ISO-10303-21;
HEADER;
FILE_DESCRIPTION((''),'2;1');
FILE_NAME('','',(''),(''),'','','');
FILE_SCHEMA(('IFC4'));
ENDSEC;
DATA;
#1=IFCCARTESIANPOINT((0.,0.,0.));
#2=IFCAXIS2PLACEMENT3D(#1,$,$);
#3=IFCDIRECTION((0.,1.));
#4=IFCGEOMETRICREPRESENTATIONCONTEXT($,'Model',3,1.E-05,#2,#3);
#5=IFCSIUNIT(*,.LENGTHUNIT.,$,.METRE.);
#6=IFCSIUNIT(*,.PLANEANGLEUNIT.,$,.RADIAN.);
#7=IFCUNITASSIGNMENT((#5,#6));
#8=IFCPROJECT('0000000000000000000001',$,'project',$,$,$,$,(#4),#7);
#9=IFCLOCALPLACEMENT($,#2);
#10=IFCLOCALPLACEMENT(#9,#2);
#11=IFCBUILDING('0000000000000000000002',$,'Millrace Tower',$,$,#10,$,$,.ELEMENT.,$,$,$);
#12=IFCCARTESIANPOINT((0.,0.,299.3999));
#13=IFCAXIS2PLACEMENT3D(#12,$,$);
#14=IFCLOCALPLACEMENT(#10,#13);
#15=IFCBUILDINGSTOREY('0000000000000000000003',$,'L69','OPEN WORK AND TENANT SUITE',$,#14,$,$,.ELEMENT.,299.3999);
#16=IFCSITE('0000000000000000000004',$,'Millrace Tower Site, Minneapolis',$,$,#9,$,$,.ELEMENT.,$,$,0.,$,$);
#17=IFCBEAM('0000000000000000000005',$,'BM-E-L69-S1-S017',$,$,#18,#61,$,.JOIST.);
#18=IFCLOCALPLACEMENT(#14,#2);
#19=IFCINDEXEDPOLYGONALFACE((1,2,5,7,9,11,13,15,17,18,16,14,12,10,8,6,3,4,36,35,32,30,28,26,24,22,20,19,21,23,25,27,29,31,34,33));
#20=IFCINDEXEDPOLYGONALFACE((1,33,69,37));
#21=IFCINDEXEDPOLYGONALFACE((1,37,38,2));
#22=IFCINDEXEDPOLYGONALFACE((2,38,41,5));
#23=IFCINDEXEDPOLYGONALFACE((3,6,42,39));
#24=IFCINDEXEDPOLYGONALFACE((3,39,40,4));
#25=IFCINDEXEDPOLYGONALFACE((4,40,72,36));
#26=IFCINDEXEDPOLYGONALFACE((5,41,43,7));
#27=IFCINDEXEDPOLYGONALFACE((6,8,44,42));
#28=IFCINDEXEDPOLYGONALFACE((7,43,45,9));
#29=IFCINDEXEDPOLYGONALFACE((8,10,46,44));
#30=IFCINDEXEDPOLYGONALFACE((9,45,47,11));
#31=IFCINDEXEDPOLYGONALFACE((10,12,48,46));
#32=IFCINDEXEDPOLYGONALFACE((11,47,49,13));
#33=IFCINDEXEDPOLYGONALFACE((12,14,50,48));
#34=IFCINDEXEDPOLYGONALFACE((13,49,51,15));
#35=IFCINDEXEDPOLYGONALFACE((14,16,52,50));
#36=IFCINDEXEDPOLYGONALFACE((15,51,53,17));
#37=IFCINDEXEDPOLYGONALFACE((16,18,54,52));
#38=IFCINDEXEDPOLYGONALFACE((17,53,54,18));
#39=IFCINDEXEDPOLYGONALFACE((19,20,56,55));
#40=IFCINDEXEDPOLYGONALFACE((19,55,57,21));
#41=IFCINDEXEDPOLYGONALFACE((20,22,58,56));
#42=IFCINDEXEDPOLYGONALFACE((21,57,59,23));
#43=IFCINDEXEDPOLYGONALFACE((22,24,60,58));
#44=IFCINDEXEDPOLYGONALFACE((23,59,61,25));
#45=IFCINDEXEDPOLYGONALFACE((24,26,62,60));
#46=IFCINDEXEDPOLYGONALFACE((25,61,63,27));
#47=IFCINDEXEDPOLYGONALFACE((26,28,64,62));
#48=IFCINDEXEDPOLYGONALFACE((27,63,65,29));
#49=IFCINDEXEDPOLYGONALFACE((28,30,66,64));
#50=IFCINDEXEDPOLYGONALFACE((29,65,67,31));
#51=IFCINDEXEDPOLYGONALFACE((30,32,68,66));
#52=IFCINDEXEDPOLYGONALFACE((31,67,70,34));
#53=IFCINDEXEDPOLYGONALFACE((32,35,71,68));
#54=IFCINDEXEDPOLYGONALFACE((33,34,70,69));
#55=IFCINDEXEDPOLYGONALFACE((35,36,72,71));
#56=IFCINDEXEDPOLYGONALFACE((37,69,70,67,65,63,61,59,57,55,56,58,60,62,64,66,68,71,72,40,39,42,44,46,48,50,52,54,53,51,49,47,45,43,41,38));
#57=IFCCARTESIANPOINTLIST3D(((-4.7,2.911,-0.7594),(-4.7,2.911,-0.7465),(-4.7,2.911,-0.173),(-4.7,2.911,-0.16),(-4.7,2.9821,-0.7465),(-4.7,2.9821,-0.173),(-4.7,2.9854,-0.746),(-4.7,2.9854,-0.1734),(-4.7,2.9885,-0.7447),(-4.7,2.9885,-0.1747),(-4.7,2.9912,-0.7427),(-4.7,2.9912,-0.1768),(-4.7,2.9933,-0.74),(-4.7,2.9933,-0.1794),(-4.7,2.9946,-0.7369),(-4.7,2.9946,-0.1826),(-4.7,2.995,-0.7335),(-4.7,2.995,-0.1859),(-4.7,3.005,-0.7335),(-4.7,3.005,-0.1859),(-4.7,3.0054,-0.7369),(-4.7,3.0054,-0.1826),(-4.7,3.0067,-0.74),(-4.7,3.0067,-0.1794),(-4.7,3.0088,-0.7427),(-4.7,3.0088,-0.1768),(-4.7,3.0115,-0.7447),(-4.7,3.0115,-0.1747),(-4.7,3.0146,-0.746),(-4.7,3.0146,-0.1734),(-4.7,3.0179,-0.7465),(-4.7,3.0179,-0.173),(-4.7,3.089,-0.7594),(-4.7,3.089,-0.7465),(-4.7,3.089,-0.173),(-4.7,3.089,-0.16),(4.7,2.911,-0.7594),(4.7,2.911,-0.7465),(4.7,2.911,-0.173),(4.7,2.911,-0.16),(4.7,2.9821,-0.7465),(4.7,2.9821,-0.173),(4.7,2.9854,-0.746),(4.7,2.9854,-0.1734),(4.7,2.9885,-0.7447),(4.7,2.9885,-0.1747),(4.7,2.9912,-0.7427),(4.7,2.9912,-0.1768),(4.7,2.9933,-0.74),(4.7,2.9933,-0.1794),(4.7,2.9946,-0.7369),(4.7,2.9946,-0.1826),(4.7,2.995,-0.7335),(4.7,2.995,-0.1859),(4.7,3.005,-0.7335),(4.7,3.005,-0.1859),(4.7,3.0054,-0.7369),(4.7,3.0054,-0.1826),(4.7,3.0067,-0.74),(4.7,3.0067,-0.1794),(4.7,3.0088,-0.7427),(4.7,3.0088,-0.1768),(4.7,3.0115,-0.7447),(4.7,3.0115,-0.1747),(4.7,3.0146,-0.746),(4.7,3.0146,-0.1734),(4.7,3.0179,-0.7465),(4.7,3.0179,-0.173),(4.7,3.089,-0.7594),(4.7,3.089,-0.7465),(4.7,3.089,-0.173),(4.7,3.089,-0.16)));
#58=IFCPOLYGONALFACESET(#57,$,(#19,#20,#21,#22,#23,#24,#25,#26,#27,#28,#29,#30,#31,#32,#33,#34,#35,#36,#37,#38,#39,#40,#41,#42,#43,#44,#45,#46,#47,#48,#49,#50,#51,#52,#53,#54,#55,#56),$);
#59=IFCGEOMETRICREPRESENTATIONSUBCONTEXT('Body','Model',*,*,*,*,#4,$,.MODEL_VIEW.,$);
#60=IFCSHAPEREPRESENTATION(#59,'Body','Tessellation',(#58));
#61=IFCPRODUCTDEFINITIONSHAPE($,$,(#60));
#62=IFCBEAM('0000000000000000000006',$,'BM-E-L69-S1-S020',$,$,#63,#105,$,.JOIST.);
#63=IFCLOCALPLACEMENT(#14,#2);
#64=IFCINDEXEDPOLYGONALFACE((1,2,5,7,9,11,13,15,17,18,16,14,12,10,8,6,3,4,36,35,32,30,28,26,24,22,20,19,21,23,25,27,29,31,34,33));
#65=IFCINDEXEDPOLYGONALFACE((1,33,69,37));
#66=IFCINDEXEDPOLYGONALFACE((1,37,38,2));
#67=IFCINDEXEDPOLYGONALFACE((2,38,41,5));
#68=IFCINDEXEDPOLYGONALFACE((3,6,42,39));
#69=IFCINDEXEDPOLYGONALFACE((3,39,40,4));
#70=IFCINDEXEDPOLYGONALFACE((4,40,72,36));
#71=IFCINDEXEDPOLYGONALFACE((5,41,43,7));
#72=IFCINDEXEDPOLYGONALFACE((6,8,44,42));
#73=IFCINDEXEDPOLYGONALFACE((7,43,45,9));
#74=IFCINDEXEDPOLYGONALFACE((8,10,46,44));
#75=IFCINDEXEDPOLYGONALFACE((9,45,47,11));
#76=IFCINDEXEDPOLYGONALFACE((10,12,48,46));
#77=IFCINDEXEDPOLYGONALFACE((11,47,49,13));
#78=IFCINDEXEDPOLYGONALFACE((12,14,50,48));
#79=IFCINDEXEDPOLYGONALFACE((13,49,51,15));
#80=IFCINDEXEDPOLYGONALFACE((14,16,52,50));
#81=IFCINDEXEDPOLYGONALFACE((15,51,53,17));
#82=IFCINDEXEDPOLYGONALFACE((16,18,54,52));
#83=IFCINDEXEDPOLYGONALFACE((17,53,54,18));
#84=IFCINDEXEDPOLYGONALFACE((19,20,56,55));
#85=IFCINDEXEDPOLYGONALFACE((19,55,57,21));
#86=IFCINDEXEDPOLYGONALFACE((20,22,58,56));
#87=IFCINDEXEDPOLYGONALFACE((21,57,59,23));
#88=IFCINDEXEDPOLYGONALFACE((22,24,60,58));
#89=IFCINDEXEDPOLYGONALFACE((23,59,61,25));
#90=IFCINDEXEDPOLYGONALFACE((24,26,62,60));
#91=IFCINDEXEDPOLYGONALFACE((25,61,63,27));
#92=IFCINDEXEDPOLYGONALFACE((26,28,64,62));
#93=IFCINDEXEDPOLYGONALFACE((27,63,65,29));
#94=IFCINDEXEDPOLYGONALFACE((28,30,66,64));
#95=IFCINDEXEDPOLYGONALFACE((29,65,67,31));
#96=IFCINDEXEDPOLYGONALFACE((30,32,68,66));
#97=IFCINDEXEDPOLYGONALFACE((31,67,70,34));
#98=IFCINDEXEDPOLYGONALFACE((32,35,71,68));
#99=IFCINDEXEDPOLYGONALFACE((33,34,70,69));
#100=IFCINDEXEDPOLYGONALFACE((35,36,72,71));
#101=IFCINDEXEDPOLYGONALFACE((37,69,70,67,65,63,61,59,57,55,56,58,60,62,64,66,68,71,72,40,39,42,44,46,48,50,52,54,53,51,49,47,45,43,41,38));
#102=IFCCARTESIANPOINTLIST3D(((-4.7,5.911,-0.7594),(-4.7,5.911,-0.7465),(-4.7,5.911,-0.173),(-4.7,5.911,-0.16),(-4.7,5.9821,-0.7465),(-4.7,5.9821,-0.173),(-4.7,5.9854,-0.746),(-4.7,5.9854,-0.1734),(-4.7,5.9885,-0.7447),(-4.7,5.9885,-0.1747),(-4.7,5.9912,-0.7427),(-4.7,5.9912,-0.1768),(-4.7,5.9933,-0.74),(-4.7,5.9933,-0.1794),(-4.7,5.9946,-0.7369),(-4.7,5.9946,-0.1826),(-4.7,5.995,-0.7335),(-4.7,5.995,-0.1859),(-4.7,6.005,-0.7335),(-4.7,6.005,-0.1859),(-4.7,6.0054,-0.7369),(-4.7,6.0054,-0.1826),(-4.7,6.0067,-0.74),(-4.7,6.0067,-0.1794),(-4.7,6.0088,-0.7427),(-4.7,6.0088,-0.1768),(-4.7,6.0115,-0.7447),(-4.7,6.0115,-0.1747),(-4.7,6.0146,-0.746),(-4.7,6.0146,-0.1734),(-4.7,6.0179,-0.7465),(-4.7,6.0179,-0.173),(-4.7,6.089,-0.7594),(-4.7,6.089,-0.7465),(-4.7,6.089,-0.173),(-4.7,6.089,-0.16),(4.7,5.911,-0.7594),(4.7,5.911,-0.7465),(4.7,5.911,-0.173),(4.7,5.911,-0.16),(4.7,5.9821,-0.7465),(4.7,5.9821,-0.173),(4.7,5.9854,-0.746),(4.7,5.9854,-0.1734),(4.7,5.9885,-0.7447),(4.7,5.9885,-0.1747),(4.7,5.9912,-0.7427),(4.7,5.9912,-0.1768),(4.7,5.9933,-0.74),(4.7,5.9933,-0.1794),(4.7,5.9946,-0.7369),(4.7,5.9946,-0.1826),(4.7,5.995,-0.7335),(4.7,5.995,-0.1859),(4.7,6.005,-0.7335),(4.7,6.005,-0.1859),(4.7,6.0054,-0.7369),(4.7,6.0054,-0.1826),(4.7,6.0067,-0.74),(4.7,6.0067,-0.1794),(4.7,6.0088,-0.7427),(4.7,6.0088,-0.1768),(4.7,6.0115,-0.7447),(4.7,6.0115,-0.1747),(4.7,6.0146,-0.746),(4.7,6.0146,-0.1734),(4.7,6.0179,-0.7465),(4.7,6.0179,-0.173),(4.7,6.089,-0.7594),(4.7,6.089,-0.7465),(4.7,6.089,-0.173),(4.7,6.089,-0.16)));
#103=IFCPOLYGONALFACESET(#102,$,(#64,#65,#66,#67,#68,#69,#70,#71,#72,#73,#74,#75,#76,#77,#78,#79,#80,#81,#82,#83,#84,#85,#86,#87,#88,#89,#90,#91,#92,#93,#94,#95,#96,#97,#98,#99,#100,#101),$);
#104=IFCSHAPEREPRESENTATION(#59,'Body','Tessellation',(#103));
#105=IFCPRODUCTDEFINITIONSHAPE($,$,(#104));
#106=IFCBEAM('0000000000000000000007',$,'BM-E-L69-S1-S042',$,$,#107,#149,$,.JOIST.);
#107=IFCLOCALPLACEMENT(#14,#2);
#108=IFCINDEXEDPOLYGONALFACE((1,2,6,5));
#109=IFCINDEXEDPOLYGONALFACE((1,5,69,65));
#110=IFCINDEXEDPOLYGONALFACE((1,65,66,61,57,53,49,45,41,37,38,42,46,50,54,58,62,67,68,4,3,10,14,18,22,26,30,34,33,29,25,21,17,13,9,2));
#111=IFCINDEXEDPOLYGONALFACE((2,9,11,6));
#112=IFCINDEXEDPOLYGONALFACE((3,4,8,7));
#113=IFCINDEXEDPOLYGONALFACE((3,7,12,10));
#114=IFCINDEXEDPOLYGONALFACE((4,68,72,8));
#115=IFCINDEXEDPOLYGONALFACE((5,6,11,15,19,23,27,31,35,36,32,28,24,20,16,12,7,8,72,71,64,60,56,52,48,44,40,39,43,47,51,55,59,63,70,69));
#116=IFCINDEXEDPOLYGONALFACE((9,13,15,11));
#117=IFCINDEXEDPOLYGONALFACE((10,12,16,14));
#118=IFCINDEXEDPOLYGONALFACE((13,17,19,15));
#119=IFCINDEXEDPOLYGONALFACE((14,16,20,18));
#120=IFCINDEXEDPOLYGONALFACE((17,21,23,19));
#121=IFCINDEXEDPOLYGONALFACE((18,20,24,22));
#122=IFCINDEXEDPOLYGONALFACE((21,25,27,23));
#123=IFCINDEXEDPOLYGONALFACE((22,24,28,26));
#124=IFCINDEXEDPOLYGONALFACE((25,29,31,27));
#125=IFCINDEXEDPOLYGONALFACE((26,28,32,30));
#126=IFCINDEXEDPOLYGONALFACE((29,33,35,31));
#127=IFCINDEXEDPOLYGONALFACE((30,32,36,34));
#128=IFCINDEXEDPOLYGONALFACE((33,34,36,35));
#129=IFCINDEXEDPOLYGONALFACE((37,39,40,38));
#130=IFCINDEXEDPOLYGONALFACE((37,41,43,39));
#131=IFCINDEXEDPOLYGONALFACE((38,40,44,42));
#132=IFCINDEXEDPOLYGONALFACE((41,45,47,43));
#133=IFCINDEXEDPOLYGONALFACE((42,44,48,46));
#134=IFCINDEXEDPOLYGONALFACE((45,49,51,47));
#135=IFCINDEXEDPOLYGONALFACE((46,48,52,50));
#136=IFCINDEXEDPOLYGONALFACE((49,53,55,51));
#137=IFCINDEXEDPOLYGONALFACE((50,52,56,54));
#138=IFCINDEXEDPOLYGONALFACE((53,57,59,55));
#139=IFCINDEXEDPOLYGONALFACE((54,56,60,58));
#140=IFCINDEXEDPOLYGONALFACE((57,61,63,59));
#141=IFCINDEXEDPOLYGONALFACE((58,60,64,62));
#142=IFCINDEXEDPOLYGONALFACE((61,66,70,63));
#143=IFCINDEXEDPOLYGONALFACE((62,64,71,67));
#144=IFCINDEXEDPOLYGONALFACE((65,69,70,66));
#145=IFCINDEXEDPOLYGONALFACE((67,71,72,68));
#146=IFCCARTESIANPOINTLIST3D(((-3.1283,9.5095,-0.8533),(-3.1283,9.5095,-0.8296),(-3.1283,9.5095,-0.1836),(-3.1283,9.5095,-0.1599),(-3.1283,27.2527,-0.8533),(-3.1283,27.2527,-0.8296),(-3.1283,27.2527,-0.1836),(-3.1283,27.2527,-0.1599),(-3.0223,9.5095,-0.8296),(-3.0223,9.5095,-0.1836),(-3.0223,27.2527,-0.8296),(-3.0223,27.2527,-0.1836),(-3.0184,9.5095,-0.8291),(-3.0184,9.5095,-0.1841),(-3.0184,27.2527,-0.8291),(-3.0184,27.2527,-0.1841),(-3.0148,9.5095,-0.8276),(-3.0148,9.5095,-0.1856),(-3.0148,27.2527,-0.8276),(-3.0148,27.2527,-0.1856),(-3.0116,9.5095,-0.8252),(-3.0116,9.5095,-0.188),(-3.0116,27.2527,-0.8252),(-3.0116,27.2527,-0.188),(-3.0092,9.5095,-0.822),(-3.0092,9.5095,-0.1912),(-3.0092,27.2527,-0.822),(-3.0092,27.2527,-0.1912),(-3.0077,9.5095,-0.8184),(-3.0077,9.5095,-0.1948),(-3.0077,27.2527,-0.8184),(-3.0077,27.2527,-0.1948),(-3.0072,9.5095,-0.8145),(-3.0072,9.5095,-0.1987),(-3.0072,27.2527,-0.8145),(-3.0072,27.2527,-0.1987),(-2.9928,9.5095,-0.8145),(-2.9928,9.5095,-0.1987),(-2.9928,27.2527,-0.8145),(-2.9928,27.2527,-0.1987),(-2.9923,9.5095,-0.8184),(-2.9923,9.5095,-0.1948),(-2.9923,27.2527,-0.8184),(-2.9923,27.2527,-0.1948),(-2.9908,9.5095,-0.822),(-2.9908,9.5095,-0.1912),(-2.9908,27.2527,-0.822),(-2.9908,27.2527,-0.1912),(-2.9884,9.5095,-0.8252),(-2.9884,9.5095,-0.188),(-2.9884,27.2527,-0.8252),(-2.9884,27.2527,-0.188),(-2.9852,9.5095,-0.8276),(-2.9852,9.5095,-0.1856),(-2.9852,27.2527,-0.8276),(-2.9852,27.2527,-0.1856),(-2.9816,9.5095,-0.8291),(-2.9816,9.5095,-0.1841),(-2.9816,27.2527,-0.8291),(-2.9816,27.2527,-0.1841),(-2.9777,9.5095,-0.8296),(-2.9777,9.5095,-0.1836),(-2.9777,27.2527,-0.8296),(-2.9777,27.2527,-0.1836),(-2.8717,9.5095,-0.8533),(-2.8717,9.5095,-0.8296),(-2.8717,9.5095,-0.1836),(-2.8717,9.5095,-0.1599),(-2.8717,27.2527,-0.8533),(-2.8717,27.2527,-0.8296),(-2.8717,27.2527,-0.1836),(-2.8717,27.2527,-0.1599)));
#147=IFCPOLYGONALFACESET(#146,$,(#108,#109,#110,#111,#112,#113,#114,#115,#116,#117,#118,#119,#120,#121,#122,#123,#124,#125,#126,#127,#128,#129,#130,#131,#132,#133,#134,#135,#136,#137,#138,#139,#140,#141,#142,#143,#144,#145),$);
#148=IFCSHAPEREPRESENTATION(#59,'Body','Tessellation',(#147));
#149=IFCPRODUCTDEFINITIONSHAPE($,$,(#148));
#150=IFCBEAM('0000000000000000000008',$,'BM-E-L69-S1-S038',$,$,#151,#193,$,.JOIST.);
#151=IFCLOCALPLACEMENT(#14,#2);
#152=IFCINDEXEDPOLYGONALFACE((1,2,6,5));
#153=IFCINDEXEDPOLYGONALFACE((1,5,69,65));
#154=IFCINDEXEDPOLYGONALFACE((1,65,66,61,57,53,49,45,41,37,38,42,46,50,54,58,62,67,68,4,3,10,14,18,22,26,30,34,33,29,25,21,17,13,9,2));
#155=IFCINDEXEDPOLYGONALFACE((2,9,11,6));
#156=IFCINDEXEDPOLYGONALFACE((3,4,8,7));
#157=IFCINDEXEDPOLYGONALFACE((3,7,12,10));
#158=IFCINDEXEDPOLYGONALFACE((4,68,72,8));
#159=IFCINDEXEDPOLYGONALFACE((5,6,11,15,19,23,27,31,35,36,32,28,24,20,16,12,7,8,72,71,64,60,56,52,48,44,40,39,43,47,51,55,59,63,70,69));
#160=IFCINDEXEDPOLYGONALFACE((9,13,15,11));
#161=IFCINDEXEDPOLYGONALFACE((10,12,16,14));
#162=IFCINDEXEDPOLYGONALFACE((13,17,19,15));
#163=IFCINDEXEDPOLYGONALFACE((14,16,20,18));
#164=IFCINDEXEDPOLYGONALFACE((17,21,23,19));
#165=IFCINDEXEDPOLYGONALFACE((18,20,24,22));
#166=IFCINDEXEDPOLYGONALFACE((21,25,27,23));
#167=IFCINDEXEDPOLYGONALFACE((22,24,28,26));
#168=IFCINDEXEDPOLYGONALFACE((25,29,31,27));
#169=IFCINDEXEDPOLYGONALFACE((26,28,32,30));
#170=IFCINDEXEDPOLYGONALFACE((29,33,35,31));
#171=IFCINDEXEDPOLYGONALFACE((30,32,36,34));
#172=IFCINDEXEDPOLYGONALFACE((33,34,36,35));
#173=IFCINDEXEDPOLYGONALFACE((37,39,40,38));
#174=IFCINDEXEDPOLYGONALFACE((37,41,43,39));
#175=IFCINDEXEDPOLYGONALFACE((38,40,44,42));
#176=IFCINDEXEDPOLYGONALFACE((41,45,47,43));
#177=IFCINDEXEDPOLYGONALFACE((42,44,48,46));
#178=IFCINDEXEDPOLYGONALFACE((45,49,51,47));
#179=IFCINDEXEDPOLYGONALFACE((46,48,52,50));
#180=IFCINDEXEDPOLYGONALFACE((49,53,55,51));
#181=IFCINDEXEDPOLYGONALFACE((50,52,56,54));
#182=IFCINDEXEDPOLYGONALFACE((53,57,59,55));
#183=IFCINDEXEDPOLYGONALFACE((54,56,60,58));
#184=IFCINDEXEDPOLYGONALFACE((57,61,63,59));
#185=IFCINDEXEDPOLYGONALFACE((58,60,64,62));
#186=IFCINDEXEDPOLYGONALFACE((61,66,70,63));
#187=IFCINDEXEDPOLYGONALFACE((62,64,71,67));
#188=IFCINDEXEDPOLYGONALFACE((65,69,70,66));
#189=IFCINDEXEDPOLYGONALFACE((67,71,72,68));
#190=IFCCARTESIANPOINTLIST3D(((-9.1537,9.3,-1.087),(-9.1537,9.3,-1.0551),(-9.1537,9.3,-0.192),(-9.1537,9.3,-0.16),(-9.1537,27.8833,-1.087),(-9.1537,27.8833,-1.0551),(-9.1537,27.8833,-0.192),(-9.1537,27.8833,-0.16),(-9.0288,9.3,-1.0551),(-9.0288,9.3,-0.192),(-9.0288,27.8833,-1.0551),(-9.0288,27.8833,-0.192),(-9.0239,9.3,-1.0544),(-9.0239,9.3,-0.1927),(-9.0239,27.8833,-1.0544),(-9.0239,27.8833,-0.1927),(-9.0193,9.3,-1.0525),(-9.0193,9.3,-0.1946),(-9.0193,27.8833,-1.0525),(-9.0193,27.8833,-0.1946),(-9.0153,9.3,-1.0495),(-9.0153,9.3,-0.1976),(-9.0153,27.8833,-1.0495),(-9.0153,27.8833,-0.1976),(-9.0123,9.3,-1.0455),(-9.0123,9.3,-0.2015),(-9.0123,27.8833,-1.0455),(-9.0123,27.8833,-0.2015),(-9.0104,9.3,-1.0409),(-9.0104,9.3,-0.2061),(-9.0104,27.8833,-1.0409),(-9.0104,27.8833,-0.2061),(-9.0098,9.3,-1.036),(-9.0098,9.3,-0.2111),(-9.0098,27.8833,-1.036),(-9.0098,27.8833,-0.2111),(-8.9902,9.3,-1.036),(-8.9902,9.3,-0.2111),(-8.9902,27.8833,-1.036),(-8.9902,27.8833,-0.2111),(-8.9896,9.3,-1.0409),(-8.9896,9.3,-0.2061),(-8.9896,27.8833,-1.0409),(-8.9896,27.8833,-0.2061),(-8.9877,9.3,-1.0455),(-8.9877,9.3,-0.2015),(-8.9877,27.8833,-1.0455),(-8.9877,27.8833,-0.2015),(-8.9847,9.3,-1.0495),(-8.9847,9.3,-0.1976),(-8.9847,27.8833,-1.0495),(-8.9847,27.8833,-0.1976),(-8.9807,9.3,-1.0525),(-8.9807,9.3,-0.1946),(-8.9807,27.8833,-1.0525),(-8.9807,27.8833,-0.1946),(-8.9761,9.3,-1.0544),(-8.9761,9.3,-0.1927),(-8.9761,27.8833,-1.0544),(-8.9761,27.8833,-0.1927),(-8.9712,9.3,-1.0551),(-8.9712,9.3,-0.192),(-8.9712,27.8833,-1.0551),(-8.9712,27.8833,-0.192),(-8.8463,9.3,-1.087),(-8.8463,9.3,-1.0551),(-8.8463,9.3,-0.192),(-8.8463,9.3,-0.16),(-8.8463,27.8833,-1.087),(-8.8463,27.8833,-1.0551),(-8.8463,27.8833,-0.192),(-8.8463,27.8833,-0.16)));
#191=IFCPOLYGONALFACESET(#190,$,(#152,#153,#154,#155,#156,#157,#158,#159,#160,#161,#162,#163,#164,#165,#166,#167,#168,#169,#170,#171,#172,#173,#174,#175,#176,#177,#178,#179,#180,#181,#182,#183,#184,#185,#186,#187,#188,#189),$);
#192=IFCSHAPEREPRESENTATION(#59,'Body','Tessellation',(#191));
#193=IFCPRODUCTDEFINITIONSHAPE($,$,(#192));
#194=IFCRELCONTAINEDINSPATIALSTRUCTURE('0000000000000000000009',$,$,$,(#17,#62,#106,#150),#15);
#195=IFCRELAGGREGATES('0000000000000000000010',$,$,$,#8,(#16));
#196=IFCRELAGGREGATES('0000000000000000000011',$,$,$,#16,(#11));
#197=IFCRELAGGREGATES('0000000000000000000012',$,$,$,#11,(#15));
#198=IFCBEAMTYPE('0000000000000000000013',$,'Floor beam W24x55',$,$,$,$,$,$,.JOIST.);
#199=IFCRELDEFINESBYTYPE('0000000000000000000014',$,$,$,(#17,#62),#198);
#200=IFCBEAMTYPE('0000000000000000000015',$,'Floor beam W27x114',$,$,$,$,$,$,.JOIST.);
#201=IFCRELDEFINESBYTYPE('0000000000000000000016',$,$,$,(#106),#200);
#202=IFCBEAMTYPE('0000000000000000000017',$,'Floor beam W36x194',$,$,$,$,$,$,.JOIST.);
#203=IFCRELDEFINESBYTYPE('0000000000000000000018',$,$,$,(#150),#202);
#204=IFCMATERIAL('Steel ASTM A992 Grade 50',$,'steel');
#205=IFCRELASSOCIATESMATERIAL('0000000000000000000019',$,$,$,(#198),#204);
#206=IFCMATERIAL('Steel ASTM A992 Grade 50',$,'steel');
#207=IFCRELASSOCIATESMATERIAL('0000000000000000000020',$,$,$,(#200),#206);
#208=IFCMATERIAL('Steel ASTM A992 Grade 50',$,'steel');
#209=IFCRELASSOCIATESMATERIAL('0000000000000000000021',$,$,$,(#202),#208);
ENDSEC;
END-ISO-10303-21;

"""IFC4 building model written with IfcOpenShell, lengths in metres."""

from ifc_helpers import new_model, si_unit, direction, frame, origin, origin_2d, place, context, subcontext, project, spatial, i_section, extrude, material, material_profile, profile_set, type_object, element, save


model = new_model("IFC4")

# Units and contexts
model_context = context("Model", 3, precision=1e-05, world=origin(), true_north=direction((0.0, 1.0)))
body_context = subcontext(model_context, "Body", "Model", "MODEL_VIEW")
ifc_project = project(units=[si_unit("LENGTHUNIT", "METRE"), si_unit("PLANEANGLEUNIT", "RADIAN")], contexts=[model_context])

# Site, building, storey
site_placement = place(None, origin())
site = spatial("IfcSite", under=ifc_project, at=site_placement, Name="Millrace Tower Site, Minneapolis", CompositionType="ELEMENT", RefElevation=0.0)
building_placement = place(site_placement, origin())
building = spatial("IfcBuilding", under=site, at=building_placement, Name="Millrace Tower", CompositionType="ELEMENT")
storey_placement = place(building_placement, frame((0.0, 0.0, 299.3999)))
storey = spatial("IfcBuildingStorey", under=building, at=storey_placement, Name="L69", Description="OPEN WORK AND TENANT SUITE", CompositionType="ELEMENT", Elevation=299.3999)

# Beams
ifc_material_1 = material(Name="Steel ASTM A992 Grade 50", Category="steel")
ifc_material_profile_1 = material_profile(ifc_material_1, i_section(OverallWidth=0.178, OverallDepth=0.5994, WebThickness=0.01, FlangeThickness=0.0129, FilletRadius=0.0129, at=origin_2d()))
ifc_profile_set_1 = profile_set([ifc_material_profile_1], Name="Steel ASTM A992 Grade 50")
beam_type_1 = type_object("IfcBeamType", Name="Floor beam W24x55", PredefinedType="JOIST", material=ifc_profile_set_1)
for number, where, z_axis, x_axis, name in (
    (1, (-4.7, 3.0, -0.4597), (1.0, 0.0, 0.0), (0.0, 1.0, 0.0), "BM-E-L69-S1-S017"),
    (2, (-4.7, 6.0, -0.4597), (1.0, 0.0, 0.0), (0.0, 1.0, 0.0), "BM-E-L69-S1-S020"),
):
    element("IfcBeam", number, at=place(storey_placement, frame(where, z_axis=z_axis, x_axis=x_axis)), inside=storey, type_object=beam_type_1, Name=name, PredefinedType="JOIST", context=body_context, shape_type="SweptSolid", body=[
        extrude(i_section(OverallWidth=0.178, OverallDepth=0.5994, WebThickness=0.01, FlangeThickness=0.0129, FilletRadius=0.0129, at=origin_2d()), origin(), (0.0, 0.0, 1.0), 9.3999),
    ])
ifc_material_2 = material(Name="Steel ASTM A992 Grade 50", Category="steel")
ifc_material_profile_2 = material_profile(ifc_material_2, i_section(OverallWidth=0.2566, OverallDepth=0.6934, WebThickness=0.0144, FlangeThickness=0.0237, FilletRadius=0.0151, at=origin_2d()))
ifc_profile_set_2 = profile_set([ifc_material_profile_2], Name="Steel ASTM A992 Grade 50")
beam_type_2 = type_object("IfcBeamType", Name="Floor beam W27x114", PredefinedType="JOIST", material=ifc_profile_set_2)
beam_1_placement = place(storey_placement, frame((-3.0, 9.5095, -0.5066), z_axis=(0.0, 1.0, 0.0), x_axis=(-1.0, 0.0, 0.0)))
element("IfcBeam", 3, at=beam_1_placement, inside=storey, type_object=beam_type_2, Name="BM-E-L69-S1-S042", PredefinedType="JOIST", context=body_context, shape_type="SweptSolid", body=[
    extrude(i_section(OverallWidth=0.2566, OverallDepth=0.6934, WebThickness=0.0144, FlangeThickness=0.0237, FilletRadius=0.0151, at=origin_2d()), origin(), (0.0, 0.0, 1.0), 17.7432),
])
ifc_material_3 = material(Name="Steel ASTM A992 Grade 50", Category="steel")
ifc_material_profile_3 = material_profile(ifc_material_3, i_section(OverallWidth=0.3074, OverallDepth=0.927, WebThickness=0.0195, FlangeThickness=0.032, FilletRadius=0.019, at=origin_2d()))
ifc_profile_set_3 = profile_set([ifc_material_profile_3], Name="Steel ASTM A992 Grade 50")
beam_type_3 = type_object("IfcBeamType", Name="Floor beam W36x194", PredefinedType="JOIST", material=ifc_profile_set_3)
beam_2_placement = place(storey_placement, frame((-9.0, 9.3, -0.6235), z_axis=(0.0, 1.0, 0.0), x_axis=(-1.0, 0.0, 0.0)))
element("IfcBeam", 4, at=beam_2_placement, inside=storey, type_object=beam_type_3, Name="BM-E-L69-S1-S038", PredefinedType="JOIST", context=body_context, shape_type="SweptSolid", body=[
    extrude(i_section(OverallWidth=0.3074, OverallDepth=0.927, WebThickness=0.0195, FlangeThickness=0.032, FilletRadius=0.019, at=origin_2d()), origin(), (0.0, 0.0, 1.0), 18.5833),
])

save(model, "model.ifc")
